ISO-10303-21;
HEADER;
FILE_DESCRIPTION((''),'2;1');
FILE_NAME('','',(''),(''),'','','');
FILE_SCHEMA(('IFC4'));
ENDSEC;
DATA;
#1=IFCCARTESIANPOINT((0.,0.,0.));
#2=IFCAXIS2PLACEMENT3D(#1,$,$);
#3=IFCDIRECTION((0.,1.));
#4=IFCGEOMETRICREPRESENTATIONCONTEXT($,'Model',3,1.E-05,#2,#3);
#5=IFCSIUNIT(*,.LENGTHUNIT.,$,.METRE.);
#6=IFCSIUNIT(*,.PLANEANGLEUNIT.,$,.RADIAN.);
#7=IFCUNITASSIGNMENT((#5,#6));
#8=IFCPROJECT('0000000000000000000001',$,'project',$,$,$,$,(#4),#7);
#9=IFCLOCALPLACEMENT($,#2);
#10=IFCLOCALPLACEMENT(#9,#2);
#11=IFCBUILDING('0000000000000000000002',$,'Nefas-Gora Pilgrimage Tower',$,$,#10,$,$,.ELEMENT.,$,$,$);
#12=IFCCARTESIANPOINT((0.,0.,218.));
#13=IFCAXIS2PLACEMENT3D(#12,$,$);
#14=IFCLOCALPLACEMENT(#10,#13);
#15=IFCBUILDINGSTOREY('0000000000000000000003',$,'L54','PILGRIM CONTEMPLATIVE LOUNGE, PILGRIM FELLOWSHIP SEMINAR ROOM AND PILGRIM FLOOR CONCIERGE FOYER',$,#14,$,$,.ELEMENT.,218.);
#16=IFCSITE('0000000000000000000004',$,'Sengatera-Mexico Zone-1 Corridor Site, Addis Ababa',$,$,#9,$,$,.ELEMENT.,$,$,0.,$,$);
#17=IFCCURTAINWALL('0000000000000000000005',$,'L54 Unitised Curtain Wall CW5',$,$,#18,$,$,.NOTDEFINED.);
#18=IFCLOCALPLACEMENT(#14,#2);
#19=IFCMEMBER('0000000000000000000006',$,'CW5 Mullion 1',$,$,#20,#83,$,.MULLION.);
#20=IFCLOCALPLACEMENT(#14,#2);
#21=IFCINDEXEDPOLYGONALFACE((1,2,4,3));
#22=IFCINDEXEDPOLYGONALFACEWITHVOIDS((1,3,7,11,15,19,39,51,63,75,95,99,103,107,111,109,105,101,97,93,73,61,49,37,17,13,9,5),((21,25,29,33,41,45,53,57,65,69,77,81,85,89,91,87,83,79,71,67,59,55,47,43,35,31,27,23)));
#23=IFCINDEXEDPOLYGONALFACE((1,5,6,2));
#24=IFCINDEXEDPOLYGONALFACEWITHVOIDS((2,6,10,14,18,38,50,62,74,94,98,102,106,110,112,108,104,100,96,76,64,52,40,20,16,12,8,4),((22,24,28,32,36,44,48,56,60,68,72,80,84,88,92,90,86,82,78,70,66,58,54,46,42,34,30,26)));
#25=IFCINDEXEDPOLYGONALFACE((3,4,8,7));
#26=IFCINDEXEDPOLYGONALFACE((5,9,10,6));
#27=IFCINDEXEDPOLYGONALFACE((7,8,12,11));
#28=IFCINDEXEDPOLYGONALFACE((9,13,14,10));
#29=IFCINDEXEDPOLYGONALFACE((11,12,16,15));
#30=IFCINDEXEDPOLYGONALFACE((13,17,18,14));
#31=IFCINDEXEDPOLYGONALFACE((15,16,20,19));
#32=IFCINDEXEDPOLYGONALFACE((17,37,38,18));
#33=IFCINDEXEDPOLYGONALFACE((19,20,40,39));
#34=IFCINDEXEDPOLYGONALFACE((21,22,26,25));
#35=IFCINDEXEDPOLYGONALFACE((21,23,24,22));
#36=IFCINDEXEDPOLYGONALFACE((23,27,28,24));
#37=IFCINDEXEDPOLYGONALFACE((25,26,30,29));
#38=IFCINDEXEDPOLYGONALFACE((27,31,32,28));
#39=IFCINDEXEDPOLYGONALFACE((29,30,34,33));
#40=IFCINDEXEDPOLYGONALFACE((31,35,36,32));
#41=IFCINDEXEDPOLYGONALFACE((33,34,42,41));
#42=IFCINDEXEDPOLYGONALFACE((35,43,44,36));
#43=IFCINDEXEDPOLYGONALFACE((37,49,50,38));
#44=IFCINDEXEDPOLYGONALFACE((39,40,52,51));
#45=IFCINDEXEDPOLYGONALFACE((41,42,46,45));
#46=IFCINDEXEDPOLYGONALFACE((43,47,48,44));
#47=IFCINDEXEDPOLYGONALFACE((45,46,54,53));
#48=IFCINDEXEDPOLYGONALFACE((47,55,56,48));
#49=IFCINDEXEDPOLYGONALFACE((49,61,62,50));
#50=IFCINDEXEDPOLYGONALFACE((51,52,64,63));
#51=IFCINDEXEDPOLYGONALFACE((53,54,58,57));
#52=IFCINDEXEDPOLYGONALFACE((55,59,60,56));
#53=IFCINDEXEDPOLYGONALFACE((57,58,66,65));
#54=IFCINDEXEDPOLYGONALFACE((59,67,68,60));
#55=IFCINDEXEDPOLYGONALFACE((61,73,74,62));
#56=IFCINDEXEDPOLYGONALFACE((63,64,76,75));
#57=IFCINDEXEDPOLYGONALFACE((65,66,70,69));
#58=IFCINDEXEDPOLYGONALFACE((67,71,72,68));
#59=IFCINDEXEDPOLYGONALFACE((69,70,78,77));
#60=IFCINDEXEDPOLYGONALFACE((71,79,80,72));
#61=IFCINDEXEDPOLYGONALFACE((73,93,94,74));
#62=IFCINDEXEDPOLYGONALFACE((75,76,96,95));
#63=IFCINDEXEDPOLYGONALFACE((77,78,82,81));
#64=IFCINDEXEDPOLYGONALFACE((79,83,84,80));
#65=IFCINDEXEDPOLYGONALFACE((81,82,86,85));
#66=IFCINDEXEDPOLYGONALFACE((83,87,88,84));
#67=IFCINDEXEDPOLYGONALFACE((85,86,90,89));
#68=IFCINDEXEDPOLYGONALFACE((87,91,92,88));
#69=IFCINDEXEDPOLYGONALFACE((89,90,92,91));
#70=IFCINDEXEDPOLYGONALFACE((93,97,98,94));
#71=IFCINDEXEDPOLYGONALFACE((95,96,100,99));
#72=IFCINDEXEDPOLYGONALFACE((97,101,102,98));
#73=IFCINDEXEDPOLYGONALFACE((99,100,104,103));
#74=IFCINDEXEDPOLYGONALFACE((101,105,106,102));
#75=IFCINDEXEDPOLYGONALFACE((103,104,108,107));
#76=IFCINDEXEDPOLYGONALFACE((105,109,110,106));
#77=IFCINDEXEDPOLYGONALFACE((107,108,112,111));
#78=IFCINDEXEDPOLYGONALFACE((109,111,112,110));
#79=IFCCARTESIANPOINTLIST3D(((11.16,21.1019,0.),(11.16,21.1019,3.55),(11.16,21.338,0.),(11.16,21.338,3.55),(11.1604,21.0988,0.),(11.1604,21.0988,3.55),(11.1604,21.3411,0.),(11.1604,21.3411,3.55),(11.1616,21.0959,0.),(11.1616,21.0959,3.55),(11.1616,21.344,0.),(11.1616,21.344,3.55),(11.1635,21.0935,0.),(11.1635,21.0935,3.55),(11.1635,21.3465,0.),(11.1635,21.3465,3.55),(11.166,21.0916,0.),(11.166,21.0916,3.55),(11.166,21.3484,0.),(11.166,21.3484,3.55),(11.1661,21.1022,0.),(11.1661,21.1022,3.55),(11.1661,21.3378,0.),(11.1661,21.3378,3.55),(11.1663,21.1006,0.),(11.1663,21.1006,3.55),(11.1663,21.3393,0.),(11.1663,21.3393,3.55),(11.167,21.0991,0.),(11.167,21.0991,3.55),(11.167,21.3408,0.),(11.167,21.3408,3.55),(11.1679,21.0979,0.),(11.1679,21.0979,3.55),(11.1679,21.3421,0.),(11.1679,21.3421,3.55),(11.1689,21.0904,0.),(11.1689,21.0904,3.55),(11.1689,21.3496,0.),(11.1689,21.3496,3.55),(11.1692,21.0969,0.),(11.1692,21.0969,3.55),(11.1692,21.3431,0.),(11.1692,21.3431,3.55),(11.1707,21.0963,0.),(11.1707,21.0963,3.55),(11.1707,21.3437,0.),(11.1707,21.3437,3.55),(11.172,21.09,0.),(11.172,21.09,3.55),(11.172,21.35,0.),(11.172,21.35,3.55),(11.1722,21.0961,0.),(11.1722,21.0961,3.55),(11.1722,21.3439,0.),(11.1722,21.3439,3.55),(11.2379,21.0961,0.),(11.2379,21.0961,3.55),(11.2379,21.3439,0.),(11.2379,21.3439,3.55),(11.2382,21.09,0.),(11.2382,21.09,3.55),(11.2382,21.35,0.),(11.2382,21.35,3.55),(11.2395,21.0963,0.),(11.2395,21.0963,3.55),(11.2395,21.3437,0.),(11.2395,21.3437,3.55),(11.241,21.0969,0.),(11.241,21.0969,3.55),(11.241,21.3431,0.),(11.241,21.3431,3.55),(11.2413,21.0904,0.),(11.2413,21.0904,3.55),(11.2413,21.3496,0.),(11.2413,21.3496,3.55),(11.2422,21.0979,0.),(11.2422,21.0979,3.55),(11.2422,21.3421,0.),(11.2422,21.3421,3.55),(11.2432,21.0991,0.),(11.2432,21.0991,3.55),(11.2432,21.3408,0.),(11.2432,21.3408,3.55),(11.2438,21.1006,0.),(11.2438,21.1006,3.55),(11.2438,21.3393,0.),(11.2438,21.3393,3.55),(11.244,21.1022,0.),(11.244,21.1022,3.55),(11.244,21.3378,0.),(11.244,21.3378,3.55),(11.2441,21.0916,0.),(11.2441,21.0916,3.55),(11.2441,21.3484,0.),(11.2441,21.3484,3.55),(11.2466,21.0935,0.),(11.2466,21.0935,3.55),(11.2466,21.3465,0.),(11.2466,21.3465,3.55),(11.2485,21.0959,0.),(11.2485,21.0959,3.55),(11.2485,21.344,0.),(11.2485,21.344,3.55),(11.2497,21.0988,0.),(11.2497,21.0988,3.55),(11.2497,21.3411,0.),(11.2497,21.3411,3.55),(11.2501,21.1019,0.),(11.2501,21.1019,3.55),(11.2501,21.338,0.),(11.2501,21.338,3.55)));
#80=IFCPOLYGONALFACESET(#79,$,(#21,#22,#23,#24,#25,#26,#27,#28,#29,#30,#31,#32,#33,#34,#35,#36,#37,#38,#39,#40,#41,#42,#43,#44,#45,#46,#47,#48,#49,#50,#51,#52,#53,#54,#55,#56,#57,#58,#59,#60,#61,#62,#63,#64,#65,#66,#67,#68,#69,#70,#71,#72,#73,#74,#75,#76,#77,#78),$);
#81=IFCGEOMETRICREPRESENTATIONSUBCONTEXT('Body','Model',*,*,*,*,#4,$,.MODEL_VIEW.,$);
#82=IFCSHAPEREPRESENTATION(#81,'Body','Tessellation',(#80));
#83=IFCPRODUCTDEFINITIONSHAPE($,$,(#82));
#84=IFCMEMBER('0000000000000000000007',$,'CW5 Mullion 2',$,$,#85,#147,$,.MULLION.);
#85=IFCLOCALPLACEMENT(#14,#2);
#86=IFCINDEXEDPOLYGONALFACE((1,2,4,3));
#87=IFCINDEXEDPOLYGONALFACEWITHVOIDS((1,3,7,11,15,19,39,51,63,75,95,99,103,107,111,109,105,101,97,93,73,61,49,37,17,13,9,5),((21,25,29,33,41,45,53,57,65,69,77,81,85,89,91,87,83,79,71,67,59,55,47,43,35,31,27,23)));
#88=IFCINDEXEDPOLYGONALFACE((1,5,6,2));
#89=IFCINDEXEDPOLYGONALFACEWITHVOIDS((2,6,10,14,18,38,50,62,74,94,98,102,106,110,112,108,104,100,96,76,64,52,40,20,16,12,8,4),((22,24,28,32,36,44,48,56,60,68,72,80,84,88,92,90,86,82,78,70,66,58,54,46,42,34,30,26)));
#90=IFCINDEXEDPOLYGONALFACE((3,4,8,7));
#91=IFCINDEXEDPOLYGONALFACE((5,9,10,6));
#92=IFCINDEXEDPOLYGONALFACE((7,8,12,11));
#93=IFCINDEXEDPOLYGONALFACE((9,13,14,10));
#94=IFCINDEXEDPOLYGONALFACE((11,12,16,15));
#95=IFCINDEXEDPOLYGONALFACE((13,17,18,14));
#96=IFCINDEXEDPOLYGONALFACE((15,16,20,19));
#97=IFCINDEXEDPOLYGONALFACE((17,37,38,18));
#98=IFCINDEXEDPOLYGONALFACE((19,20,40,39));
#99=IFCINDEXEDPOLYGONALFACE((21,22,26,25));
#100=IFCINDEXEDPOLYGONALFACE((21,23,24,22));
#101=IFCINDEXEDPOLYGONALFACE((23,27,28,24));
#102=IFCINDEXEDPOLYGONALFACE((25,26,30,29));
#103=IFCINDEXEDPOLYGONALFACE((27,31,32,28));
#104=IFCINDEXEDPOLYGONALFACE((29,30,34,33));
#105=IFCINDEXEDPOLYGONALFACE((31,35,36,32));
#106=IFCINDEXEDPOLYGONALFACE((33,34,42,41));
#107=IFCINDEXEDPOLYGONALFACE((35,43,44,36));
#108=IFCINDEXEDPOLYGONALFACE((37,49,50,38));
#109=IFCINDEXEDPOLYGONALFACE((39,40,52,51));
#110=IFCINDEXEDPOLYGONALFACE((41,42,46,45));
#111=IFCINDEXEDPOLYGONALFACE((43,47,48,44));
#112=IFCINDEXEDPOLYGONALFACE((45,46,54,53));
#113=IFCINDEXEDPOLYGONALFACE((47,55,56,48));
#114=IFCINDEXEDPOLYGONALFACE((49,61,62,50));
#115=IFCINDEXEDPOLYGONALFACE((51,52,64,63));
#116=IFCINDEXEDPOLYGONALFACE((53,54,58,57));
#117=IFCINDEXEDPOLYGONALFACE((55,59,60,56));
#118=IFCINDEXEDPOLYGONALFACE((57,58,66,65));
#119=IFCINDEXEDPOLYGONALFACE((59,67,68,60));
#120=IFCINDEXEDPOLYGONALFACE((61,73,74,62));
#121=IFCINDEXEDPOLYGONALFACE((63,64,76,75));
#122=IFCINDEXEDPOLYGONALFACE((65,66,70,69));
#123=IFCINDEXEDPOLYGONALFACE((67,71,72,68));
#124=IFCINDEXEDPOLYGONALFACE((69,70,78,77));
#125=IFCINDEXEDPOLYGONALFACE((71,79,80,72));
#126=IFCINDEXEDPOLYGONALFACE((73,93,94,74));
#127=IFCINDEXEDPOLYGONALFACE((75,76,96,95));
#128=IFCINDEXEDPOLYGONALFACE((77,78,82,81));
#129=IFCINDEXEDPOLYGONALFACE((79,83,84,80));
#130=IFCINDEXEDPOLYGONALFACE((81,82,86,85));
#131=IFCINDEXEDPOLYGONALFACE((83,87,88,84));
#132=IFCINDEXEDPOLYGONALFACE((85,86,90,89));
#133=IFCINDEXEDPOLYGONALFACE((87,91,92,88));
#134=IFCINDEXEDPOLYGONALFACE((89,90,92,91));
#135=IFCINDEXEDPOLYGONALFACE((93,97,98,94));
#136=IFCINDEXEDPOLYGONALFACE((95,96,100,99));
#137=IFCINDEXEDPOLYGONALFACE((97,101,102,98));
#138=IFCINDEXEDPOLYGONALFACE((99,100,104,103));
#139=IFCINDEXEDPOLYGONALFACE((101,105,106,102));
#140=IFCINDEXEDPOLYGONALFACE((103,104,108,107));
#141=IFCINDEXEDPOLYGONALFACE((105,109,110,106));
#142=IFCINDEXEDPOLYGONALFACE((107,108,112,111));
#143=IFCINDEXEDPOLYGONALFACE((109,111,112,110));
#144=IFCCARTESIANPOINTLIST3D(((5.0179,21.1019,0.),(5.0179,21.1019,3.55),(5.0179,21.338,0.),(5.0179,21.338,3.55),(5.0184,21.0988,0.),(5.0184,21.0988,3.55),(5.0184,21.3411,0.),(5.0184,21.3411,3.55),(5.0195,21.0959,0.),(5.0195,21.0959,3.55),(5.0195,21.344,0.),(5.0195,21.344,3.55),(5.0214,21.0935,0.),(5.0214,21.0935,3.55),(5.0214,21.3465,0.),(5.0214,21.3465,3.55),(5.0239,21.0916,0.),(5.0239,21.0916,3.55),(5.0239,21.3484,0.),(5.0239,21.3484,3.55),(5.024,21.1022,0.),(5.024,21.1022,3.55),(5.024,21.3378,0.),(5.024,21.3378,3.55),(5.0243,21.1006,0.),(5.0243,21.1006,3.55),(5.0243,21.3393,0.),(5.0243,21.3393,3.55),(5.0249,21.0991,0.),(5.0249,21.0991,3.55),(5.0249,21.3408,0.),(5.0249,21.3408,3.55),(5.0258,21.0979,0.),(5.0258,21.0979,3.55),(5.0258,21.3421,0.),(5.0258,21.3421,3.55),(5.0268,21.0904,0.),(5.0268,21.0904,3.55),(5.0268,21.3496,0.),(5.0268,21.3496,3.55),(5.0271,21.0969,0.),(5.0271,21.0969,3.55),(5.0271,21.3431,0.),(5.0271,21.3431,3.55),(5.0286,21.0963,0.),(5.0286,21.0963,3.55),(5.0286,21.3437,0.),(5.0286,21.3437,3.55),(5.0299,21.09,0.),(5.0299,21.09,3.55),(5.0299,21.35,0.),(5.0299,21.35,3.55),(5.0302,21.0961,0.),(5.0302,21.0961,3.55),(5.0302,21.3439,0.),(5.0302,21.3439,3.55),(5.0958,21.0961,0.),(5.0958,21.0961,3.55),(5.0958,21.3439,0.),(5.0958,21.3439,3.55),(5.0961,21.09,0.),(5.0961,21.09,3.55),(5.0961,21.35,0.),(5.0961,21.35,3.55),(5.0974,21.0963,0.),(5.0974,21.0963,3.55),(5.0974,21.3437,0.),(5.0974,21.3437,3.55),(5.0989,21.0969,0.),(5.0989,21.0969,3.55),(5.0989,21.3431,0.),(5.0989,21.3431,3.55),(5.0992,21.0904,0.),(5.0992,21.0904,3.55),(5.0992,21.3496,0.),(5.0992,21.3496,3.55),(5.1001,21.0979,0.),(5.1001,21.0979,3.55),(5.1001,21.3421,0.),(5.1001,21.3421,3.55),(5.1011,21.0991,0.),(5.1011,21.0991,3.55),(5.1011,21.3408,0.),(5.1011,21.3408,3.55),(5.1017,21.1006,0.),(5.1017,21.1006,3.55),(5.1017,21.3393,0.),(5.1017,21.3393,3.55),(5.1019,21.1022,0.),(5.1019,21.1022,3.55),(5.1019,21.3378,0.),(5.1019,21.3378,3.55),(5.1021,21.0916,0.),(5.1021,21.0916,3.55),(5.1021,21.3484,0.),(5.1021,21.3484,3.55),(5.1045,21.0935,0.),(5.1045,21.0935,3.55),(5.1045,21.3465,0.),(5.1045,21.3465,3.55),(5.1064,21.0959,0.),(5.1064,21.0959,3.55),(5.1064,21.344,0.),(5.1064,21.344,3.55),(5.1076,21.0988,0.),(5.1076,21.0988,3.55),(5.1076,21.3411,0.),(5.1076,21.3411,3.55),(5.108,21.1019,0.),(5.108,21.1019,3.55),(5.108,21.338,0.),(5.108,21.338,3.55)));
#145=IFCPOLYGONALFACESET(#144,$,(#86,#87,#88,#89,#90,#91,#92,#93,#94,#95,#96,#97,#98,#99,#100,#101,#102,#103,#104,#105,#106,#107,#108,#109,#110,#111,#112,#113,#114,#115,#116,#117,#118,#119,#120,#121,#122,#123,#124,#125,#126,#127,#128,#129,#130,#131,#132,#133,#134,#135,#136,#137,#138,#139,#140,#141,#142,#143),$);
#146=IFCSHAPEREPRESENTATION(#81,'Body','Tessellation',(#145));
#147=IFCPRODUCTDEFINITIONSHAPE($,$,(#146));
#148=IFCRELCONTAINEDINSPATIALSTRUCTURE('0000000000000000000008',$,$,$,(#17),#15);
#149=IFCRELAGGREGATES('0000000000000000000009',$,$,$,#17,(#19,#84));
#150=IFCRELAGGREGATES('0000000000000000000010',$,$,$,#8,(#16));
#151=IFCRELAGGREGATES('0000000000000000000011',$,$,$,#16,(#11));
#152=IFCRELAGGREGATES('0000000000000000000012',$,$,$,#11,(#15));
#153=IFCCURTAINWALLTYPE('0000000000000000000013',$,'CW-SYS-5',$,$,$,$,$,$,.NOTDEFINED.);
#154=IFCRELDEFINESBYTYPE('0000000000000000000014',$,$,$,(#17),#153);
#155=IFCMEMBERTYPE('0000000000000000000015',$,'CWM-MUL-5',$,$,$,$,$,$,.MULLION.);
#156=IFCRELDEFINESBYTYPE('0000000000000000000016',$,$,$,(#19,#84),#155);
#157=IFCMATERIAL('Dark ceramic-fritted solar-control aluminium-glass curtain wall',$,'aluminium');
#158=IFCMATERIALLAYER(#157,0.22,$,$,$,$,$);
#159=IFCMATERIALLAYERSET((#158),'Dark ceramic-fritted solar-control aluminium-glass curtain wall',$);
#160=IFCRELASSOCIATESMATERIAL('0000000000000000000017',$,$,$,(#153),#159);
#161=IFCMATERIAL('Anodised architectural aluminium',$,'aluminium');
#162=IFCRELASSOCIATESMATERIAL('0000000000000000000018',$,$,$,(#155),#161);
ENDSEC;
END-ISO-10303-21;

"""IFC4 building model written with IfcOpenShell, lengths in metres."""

from ifc_helpers import new_model, si_unit, direction, frame, origin, origin_2d, place, context, subcontext, project, spatial, hollow_rectangle, extrude, source, transform, mapped, material, layer, layer_set, material_profile, profile_set, type_object, element, aggregate, save


model = new_model("IFC4")

# Units and contexts
model_context = context("Model", 3, precision=1e-05, world=origin(), true_north=direction((0.0, 1.0)))
body_context = subcontext(model_context, "Body", "Model", "MODEL_VIEW")
ifc_project = project(units=[si_unit("LENGTHUNIT", "METRE"), si_unit("PLANEANGLEUNIT", "RADIAN")], contexts=[model_context])

# Site, building, storey
site_placement = place(None, origin())
site = spatial("IfcSite", under=ifc_project, at=site_placement, Name="Sengatera-Mexico Zone-1 Corridor Site, Addis Ababa", CompositionType="ELEMENT", RefElevation=0.0)
building_placement = place(site_placement, origin())
building = spatial("IfcBuilding", under=site, at=building_placement, Name="Nefas-Gora Pilgrimage Tower", CompositionType="ELEMENT")
storey_placement = place(building_placement, frame((0.0, 0.0, 218.0)))
storey = spatial("IfcBuildingStorey", under=building, at=storey_placement, Name="L54", Description="PILGRIM CONTEMPLATIVE LOUNGE, PILGRIM FELLOWSHIP SEMINAR ROOM AND PILGRIM FLOOR CONCIERGE FOYER", CompositionType="ELEMENT", Elevation=218.0)

# Curtain wall, members
ifc_material_1 = material(Name="Dark ceramic-fritted solar-control aluminium-glass curtain wall", Category="aluminium")
ifc_layer_1 = layer(ifc_material_1, 0.22)
ifc_layer_set_1 = layer_set([ifc_layer_1], Name="Dark ceramic-fritted solar-control aluminium-glass curtain wall")
curtain_wall_type_1 = type_object("IfcCurtainWallType", Name="CW-SYS-5", PredefinedType="NOTDEFINED", material=ifc_layer_set_1)
curtain_wall_1_placement = place(storey_placement, origin())
curtain_wall_1 = element("IfcCurtainWall", 1, at=curtain_wall_1_placement, inside=storey, type_object=curtain_wall_type_1, Name="L54 Unitised Curtain Wall CW5", PredefinedType="NOTDEFINED")
ifc_material_2 = material(Name="Anodised architectural aluminium", Category="aluminium")
ifc_material_profile_1 = material_profile(ifc_material_2, hollow_rectangle(XDim=0.0901, YDim=0.26, WallThickness=0.0061, InnerFilletRadius=0.0061, OuterFilletRadius=0.012, at=origin_2d()), Name="ALU MULLION 90x260")
ifc_profile_set_1 = profile_set([ifc_material_profile_1], Name="Anodised architectural aluminium")
member_type_1 = type_object("IfcMemberType", Name="CWM-MUL-5", PredefinedType="MULLION", material=ifc_profile_set_1)
shared_shape_1 = source(origin(), body_context, "Body", "SweptSolid", [
    extrude(hollow_rectangle(XDim=0.0901, YDim=0.26, WallThickness=0.0061, InnerFilletRadius=0.0061, OuterFilletRadius=0.012, at=origin_2d()), origin(), (0.0, 0.0, 1.0), 3.55),
])
member_1_placement = place(storey_placement, frame((11.2051, 21.22, 0.0), z_axis=(0.0, 0.0, 1.0), x_axis=(-1.0, 0.0, 0.0)))
member_1 = element("IfcMember", 2, at=member_1_placement, type_object=member_type_1, Name="CW5 Mullion 1", PredefinedType="MULLION", context=body_context, shape_type="MappedRepresentation", body=[
    mapped(shared_shape_1, transform((0.0, 0.0, 0.0), x_axis=(1.0, 0.0, 0.0), y_axis=(0.0, 1.0, 0.0), z_axis=(0.0, 0.0, 1.0), scale=1.0)),
])
member_2_placement = place(storey_placement, frame((5.063, 21.22, 0.0), z_axis=(0.0, 0.0, 1.0), x_axis=(-1.0, 0.0, 0.0)))
member_2 = element("IfcMember", 3, at=member_2_placement, type_object=member_type_1, Name="CW5 Mullion 2", PredefinedType="MULLION", context=body_context, shape_type="MappedRepresentation", body=[
    mapped(shared_shape_1, transform((0.0, 0.0, 0.0), x_axis=(1.0, 0.0, 0.0), y_axis=(0.0, 1.0, 0.0), z_axis=(0.0, 0.0, 1.0), scale=1.0)),
])

aggregate(curtain_wall_1, [member_1, member_2])

save(model, "model.ifc")
